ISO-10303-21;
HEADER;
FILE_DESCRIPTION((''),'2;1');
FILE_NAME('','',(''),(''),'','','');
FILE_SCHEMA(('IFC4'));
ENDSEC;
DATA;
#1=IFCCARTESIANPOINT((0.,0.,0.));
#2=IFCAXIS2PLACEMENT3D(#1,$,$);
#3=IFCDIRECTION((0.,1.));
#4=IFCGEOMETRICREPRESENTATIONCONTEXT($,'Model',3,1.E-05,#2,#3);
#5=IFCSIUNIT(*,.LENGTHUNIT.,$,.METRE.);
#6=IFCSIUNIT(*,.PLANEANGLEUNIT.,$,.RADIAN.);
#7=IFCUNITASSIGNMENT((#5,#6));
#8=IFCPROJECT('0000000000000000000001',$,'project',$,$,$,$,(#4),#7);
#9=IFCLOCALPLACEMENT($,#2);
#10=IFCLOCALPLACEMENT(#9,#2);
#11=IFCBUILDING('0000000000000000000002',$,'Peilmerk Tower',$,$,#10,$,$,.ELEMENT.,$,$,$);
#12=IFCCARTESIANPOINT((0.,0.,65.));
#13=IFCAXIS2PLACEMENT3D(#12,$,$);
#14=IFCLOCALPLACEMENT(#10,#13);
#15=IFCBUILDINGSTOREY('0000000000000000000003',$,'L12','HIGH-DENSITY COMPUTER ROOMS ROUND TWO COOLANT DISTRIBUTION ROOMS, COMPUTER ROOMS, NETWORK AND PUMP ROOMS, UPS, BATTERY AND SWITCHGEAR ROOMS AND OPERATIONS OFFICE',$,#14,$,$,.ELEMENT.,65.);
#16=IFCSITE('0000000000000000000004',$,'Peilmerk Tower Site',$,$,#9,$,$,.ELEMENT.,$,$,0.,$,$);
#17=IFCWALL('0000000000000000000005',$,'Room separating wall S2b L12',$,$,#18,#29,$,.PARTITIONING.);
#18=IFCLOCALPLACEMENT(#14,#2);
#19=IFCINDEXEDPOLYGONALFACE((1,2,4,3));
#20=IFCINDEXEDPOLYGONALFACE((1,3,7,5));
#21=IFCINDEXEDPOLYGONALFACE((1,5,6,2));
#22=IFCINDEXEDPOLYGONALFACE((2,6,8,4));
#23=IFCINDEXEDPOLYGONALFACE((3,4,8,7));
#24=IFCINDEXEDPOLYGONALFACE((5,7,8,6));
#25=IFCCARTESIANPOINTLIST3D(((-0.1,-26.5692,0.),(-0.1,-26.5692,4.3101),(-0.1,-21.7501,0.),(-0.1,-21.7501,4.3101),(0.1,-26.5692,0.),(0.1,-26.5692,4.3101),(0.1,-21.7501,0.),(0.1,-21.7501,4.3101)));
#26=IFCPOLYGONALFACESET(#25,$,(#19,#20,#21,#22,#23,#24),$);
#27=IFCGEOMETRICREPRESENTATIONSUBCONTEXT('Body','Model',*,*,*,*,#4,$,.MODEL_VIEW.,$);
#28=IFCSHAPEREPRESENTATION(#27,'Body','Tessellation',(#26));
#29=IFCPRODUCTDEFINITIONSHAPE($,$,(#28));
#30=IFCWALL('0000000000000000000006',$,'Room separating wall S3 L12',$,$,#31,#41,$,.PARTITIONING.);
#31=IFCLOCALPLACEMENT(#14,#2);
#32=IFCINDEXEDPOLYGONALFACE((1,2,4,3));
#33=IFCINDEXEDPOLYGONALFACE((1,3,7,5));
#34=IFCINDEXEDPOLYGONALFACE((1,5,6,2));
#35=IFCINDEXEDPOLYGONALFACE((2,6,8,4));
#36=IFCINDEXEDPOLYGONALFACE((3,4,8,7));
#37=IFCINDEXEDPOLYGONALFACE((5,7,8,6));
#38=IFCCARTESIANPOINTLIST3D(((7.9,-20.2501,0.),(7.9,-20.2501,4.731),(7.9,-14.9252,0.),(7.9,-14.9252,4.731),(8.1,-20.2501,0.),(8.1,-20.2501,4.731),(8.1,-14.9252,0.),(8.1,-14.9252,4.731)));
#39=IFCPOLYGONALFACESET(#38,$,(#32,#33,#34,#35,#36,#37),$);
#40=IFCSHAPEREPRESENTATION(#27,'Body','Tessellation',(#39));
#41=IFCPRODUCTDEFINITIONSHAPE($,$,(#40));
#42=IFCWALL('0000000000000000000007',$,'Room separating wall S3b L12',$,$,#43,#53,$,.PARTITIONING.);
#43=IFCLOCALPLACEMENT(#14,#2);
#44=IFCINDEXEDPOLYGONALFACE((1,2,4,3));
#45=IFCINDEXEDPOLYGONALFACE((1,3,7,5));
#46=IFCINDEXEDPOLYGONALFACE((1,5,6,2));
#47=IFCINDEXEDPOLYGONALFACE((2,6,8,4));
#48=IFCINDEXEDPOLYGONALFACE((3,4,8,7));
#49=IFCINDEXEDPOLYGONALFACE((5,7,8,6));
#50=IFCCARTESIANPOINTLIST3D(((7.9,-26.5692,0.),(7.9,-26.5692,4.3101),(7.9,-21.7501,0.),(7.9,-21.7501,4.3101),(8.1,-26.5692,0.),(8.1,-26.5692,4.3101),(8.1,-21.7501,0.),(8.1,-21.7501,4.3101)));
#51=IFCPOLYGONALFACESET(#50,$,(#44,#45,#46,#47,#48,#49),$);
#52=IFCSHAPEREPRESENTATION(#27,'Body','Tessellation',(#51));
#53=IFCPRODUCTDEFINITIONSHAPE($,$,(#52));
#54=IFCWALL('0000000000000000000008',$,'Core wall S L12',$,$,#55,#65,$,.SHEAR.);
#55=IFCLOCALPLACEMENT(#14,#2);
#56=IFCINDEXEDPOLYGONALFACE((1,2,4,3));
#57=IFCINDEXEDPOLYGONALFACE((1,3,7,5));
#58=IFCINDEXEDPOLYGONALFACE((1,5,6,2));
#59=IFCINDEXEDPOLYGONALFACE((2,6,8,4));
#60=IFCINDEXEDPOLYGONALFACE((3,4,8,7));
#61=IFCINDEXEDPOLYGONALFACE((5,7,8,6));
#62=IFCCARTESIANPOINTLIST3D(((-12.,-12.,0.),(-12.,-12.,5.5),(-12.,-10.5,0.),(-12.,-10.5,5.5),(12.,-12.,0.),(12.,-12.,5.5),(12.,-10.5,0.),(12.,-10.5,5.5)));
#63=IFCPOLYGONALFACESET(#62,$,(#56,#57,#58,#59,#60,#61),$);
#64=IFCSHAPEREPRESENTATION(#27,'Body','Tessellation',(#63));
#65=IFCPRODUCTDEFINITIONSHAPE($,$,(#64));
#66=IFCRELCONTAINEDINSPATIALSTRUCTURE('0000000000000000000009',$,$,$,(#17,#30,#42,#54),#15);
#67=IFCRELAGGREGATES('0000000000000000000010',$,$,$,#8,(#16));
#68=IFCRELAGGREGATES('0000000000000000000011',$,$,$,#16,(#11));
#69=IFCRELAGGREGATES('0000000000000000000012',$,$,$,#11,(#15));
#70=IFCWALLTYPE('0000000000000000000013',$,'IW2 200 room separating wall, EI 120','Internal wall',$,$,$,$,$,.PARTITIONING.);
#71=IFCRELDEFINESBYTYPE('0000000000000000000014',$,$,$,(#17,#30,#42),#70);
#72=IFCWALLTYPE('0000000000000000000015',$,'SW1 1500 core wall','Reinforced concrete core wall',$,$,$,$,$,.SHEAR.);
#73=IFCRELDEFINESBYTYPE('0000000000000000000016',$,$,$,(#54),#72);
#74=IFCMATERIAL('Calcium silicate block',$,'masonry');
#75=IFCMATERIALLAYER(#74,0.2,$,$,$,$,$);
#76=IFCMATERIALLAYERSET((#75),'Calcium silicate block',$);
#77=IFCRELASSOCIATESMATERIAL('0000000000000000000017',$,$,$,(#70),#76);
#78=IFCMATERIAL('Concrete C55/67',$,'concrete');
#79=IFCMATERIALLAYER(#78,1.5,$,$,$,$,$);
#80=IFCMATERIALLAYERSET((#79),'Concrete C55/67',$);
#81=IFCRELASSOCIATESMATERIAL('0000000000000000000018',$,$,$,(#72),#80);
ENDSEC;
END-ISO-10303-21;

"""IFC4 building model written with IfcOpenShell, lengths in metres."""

from ifc_helpers import new_model, si_unit, direction, frame, frame_2d, origin, place, context, subcontext, project, spatial, rectangle, extrude, material, layer, layer_set, type_object, element, save


model = new_model("IFC4")

# Units and contexts
model_context = context("Model", 3, precision=1e-05, world=origin(), true_north=direction((0.0, 1.0)))
body_context = subcontext(model_context, "Body", "Model", "MODEL_VIEW")
ifc_project = project(units=[si_unit("LENGTHUNIT", "METRE"), si_unit("PLANEANGLEUNIT", "RADIAN")], contexts=[model_context])

# Site, building, storey
site_placement = place(None, origin())
site = spatial("IfcSite", under=ifc_project, at=site_placement, Name="Peilmerk Tower Site", CompositionType="ELEMENT", RefElevation=0.0)
building_placement = place(site_placement, origin())
building = spatial("IfcBuilding", under=site, at=building_placement, Name="Peilmerk Tower", CompositionType="ELEMENT")
storey_placement = place(building_placement, frame((0.0, 0.0, 65.0)))
storey = spatial("IfcBuildingStorey", under=building, at=storey_placement, Name="L12", Description="HIGH-DENSITY COMPUTER ROOMS ROUND TWO COOLANT DISTRIBUTION ROOMS, COMPUTER ROOMS, NETWORK AND PUMP ROOMS, UPS, BATTERY AND SWITCHGEAR ROOMS AND OPERATIONS OFFICE", CompositionType="ELEMENT", Elevation=65.0)

# Walls
ifc_material_1 = material(Name="Calcium silicate block", Category="masonry")
ifc_layer_1 = layer(ifc_material_1, 0.2)
ifc_layer_set_1 = layer_set([ifc_layer_1], Name="Calcium silicate block")
wall_type_1 = type_object("IfcWallType", Name="IW2 200 room separating wall, EI 120", Description="Internal wall", PredefinedType="PARTITIONING", material=ifc_layer_set_1)
wall_1_placement = place(storey_placement, frame((0.0, -21.75, 0.0), z_axis=(0.0, 0.0, 1.0), x_axis=(0.0, -1.0, 0.0)))
element("IfcWall", 1, at=wall_1_placement, inside=storey, type_object=wall_type_1, Name="Room separating wall S2b L12", PredefinedType="PARTITIONING", context=body_context, shape_type="SweptSolid", body=[
    extrude(rectangle(XDim=4.8191, YDim=0.2, at=frame_2d((2.4097, 0.0))), origin(), (0.0, 0.0, 1.0), 4.3101),
])
wall_2_placement = place(storey_placement, frame((8.0, -14.925, 0.0), z_axis=(0.0, 0.0, 1.0), x_axis=(0.0, -1.0, 0.0)))
element("IfcWall", 2, at=wall_2_placement, inside=storey, type_object=wall_type_1, Name="Room separating wall S3 L12", PredefinedType="PARTITIONING", context=body_context, shape_type="SweptSolid", body=[
    extrude(rectangle(XDim=5.325, YDim=0.2, at=frame_2d((2.6626, 0.0))), origin(), (0.0, 0.0, 1.0), 4.731),
])
wall_3_placement = place(storey_placement, frame((8.0, -21.75, 0.0), z_axis=(0.0, 0.0, 1.0), x_axis=(0.0, -1.0, 0.0)))
element("IfcWall", 3, at=wall_3_placement, inside=storey, type_object=wall_type_1, Name="Room separating wall S3b L12", PredefinedType="PARTITIONING", context=body_context, shape_type="SweptSolid", body=[
    extrude(rectangle(XDim=4.8191, YDim=0.2, at=frame_2d((2.4097, 0.0))), origin(), (0.0, 0.0, 1.0), 4.3101),
])
ifc_material_2 = material(Name="Concrete C55/67", Category="concrete")
ifc_layer_2 = layer(ifc_material_2, 1.5)
ifc_layer_set_2 = layer_set([ifc_layer_2], Name="Concrete C55/67")
wall_type_2 = type_object("IfcWallType", Name="SW1 1500 core wall", Description="Reinforced concrete core wall", PredefinedType="SHEAR", material=ifc_layer_set_2)
wall_4_placement = place(storey_placement, frame((12.0, -11.25, 0.0), z_axis=(0.0, 0.0, 1.0), x_axis=(-1.0, 0.0, 0.0)))
element("IfcWall", 4, at=wall_4_placement, inside=storey, type_object=wall_type_2, Name="Core wall S L12", PredefinedType="SHEAR", context=body_context, shape_type="SweptSolid", body=[
    extrude(rectangle(XDim=24.0, YDim=1.5, at=frame_2d((12.0, 0.0))), origin(), (0.0, 0.0, 1.0), 5.5),
])

save(model, "model.ifc")
